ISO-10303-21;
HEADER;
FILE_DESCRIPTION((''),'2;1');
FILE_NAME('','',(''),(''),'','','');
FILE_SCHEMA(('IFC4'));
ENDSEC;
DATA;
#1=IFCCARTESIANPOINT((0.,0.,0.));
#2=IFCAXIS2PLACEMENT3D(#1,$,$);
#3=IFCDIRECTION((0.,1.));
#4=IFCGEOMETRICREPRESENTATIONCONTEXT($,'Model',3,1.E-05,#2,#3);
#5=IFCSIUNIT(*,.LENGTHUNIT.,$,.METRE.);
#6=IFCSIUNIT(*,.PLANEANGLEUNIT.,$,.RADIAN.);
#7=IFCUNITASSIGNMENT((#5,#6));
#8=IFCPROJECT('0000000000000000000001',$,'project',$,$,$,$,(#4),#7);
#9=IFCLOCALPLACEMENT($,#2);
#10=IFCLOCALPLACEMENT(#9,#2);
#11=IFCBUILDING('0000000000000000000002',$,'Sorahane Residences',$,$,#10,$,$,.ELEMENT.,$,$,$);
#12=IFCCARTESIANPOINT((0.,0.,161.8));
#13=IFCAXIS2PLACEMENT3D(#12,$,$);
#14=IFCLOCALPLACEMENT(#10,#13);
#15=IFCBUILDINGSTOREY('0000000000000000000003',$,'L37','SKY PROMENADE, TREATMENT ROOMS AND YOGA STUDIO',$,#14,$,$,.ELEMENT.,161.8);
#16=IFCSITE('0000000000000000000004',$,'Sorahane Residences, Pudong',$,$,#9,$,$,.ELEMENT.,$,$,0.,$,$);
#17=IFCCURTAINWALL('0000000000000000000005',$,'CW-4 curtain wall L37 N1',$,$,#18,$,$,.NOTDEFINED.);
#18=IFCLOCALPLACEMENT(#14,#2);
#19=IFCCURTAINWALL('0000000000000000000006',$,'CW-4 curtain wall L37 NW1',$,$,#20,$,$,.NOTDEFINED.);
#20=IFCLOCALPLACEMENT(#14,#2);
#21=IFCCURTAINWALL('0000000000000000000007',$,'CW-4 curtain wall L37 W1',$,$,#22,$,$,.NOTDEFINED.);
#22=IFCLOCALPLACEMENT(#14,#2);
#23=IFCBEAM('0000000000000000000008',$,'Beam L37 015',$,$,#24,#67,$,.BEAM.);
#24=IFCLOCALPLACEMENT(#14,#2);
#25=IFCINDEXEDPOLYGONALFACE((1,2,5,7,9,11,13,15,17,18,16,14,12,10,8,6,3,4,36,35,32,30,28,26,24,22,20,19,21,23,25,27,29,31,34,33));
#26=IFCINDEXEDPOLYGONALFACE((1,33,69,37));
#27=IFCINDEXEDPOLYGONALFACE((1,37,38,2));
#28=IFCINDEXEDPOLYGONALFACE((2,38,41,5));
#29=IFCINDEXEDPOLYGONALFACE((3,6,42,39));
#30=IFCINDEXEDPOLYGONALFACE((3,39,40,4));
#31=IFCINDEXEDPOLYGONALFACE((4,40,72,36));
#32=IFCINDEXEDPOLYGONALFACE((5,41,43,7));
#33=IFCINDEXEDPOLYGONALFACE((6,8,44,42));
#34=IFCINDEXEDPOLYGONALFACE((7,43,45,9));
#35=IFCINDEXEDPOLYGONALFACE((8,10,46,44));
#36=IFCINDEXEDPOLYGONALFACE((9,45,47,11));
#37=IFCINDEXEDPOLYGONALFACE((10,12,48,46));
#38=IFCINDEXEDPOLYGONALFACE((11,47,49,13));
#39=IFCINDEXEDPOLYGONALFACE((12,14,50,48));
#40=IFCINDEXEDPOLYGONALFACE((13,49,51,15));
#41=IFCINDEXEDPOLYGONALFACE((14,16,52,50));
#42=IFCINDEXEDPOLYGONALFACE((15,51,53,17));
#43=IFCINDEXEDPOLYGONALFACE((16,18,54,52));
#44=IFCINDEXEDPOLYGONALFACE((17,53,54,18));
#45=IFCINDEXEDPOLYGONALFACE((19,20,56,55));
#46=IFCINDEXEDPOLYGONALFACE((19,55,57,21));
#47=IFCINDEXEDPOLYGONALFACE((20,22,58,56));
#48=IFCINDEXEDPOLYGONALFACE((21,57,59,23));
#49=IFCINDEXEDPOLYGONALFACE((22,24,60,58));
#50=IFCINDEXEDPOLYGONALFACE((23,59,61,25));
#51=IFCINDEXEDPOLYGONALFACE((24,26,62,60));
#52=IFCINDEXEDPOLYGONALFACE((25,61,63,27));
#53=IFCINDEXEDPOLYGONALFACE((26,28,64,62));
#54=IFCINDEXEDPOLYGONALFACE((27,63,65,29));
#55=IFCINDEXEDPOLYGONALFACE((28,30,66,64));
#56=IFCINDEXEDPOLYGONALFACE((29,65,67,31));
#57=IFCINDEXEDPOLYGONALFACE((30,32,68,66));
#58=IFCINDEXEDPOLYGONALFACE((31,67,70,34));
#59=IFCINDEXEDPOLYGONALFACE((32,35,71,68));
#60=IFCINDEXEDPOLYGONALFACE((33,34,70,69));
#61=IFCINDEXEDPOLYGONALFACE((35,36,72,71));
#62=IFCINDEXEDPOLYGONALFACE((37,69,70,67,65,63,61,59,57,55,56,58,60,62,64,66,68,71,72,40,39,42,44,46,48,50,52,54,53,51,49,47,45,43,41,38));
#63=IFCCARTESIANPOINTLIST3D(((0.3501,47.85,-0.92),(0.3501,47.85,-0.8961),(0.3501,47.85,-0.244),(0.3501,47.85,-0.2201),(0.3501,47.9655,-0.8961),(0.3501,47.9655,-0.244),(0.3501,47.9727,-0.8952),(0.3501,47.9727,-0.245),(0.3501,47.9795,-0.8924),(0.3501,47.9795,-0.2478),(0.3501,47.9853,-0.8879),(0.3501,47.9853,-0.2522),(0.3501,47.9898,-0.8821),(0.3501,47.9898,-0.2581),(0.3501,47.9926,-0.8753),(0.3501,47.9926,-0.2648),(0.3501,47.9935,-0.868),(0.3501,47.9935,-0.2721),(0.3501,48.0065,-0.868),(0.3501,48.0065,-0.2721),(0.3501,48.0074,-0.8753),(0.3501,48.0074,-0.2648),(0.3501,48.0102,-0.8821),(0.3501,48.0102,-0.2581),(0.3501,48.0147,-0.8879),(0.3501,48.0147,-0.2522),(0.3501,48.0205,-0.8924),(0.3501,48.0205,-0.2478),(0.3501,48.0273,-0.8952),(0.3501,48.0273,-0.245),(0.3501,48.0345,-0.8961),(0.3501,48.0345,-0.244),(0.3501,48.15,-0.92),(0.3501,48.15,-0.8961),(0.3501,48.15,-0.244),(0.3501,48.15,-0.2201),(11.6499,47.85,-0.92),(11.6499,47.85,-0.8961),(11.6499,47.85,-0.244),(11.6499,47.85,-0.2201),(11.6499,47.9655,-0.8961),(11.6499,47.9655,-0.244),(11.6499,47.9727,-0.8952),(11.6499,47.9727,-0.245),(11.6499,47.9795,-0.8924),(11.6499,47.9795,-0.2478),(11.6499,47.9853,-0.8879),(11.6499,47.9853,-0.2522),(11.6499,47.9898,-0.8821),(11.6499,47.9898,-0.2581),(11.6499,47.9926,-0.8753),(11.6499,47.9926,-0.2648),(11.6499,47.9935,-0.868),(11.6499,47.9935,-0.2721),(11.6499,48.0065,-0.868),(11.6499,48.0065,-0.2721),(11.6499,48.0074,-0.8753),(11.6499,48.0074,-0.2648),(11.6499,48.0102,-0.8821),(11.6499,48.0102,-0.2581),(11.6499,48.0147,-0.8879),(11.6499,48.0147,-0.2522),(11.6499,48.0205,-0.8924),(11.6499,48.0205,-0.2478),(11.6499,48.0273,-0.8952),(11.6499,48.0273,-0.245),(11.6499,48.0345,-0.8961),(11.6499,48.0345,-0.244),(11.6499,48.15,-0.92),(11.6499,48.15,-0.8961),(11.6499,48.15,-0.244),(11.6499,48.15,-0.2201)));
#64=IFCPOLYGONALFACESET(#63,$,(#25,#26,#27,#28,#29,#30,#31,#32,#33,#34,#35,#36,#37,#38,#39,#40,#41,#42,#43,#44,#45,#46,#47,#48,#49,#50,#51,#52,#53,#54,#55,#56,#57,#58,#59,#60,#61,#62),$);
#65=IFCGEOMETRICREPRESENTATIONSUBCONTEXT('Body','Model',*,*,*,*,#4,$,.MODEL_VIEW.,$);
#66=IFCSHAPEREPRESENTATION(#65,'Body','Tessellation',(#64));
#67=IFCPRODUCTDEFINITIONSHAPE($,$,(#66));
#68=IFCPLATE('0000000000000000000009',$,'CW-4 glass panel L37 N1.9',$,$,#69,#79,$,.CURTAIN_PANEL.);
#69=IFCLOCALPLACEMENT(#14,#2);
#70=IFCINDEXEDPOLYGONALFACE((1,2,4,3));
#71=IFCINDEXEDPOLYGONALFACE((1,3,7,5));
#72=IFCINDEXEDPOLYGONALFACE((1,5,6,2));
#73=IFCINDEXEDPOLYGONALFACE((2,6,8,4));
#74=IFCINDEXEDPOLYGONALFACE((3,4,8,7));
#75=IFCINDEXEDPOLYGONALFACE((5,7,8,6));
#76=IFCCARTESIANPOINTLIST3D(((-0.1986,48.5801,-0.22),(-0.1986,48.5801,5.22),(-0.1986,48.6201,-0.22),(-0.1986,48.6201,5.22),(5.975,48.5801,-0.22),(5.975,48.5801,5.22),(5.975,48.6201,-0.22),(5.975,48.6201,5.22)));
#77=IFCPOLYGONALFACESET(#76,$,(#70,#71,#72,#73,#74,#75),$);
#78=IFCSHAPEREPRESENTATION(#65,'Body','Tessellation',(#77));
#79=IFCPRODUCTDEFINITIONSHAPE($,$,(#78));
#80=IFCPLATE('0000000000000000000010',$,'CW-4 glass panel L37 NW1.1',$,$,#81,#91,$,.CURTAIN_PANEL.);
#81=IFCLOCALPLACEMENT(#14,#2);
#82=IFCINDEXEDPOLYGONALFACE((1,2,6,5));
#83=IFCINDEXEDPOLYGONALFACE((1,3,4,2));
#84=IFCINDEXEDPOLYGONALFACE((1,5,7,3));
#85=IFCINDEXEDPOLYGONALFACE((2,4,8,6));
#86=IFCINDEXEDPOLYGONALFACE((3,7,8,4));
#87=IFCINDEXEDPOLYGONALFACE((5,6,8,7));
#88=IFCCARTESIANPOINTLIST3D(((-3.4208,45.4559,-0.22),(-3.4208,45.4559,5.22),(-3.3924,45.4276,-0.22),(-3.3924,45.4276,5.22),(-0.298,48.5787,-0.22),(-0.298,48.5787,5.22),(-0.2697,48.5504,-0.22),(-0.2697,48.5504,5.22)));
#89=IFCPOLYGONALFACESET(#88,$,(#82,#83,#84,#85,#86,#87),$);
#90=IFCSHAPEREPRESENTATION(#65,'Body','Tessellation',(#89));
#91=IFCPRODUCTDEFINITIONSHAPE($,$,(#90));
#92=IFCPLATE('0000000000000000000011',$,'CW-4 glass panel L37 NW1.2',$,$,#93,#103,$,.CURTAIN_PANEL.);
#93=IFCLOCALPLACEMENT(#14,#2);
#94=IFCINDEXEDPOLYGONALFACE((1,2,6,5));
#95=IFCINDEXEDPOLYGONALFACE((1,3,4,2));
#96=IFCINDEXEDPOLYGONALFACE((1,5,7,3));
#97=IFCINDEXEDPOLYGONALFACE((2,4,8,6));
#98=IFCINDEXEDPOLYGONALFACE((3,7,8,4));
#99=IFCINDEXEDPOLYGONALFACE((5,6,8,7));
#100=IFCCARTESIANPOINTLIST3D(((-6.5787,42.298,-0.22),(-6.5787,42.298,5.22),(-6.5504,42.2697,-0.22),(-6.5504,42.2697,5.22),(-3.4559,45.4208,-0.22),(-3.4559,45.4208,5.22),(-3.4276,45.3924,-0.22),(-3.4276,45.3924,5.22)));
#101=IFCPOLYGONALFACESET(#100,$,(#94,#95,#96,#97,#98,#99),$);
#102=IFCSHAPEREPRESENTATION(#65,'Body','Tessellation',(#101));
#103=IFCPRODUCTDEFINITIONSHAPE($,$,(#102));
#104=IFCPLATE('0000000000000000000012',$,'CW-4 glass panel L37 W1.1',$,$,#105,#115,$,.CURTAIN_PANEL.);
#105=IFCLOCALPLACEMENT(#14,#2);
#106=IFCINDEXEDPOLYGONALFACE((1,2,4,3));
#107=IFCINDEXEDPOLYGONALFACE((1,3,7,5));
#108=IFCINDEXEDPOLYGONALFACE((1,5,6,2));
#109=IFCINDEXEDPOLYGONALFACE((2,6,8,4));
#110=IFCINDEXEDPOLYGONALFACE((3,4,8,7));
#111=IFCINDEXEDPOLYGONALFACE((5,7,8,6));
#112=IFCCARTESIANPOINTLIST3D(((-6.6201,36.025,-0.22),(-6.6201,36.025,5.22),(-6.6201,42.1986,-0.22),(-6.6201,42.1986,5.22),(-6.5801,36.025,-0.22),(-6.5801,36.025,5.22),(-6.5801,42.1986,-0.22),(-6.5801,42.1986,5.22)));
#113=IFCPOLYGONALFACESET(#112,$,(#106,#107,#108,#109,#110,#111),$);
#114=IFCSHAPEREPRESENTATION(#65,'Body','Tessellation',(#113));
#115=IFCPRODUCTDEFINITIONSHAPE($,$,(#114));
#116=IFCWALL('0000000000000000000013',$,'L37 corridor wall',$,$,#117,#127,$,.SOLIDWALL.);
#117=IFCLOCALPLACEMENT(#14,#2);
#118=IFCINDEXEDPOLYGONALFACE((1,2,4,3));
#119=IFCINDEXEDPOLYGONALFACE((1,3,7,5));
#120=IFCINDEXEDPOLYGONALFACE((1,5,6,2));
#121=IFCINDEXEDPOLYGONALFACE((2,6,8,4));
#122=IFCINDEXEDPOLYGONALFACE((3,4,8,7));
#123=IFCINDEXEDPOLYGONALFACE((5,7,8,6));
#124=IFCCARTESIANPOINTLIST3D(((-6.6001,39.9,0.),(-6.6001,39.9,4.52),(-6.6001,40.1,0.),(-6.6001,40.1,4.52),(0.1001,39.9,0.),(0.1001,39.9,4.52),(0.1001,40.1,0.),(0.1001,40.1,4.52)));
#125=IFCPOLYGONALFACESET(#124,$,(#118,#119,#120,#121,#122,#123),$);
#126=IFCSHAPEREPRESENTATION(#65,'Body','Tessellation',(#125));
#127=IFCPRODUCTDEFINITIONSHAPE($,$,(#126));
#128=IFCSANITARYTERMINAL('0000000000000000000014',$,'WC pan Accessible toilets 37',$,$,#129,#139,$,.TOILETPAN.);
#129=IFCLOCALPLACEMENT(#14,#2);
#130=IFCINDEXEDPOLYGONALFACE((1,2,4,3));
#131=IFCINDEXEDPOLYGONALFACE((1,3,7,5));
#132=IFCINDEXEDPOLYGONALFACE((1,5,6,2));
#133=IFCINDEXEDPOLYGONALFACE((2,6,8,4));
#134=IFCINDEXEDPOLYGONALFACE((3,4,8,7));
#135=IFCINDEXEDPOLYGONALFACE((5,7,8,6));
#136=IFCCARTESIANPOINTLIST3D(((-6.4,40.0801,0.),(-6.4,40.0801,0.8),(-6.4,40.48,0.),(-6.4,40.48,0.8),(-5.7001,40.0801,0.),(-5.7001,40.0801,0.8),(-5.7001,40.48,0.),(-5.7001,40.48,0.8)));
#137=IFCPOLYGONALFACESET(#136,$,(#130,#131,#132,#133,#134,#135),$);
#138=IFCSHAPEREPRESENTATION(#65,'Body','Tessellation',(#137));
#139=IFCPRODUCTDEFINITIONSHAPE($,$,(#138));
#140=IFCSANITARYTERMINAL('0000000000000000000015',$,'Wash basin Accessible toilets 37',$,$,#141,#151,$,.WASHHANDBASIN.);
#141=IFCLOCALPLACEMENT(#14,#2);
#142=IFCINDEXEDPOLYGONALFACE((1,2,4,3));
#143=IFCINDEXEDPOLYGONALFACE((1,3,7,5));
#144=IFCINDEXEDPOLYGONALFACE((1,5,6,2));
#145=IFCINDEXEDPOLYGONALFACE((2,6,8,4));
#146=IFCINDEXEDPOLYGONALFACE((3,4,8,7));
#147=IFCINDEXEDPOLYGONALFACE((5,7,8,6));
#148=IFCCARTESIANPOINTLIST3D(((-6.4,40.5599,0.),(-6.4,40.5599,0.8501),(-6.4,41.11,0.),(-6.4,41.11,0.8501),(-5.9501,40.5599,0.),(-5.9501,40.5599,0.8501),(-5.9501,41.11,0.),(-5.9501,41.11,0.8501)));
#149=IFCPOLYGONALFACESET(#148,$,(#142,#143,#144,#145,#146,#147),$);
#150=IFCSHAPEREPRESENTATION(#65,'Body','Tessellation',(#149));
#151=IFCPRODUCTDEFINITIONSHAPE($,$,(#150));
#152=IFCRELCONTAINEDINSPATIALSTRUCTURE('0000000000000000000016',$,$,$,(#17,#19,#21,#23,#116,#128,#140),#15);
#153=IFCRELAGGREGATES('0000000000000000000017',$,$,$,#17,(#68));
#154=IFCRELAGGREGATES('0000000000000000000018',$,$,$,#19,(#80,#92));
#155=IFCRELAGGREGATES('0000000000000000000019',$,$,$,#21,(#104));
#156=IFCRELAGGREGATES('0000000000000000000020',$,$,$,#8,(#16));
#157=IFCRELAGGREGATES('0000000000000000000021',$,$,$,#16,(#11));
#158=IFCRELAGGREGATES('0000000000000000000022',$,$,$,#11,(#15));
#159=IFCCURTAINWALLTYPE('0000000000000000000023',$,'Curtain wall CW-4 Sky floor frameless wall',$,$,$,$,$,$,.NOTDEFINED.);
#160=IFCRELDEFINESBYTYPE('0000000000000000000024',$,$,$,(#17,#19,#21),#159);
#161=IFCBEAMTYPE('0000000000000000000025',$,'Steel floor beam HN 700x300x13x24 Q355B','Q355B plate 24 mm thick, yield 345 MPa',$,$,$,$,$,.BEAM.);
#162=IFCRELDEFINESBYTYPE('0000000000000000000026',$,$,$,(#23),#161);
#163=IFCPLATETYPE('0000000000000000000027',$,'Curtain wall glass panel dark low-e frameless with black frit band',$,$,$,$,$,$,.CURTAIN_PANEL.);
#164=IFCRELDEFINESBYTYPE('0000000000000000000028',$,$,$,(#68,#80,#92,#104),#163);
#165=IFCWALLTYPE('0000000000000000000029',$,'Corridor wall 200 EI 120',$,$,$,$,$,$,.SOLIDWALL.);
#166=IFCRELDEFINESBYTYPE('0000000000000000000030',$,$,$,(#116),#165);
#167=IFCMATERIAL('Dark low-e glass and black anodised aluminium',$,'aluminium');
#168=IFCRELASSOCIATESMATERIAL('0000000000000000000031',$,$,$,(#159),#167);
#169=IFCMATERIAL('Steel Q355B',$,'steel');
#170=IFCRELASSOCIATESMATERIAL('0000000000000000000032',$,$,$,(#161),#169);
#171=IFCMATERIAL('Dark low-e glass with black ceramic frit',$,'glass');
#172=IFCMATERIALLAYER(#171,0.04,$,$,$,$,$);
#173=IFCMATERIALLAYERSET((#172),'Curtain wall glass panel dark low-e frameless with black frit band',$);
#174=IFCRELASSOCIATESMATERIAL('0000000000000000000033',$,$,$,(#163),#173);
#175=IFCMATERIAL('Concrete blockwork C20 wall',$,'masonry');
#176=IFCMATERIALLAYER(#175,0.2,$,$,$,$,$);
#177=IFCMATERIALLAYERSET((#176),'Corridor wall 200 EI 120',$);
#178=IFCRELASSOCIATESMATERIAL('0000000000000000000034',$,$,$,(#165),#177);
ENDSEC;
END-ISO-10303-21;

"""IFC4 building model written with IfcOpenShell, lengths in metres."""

from ifc_helpers import new_model, si_unit, direction, frame, frame_2d, origin, origin_2d, place, context, subcontext, project, spatial, rectangle, i_section, extrude, material, layer, layer_set, material_profile, profile_set, type_object, element, aggregate, save


model = new_model("IFC4")

# Units and contexts
model_context = context("Model", 3, precision=1e-05, world=origin(), true_north=direction((0.0, 1.0)))
body_context = subcontext(model_context, "Body", "Model", "MODEL_VIEW")
ifc_project = project(units=[si_unit("LENGTHUNIT", "METRE"), si_unit("PLANEANGLEUNIT", "RADIAN")], contexts=[model_context])

# Site, building, storey
site_placement = place(None, origin())
site = spatial("IfcSite", under=ifc_project, at=site_placement, Name="Sorahane Residences, Pudong", CompositionType="ELEMENT", RefElevation=0.0)
building_placement = place(site_placement, origin())
building = spatial("IfcBuilding", under=site, at=building_placement, Name="Sorahane Residences", CompositionType="ELEMENT")
storey_placement = place(building_placement, frame((0.0, 0.0, 161.8)))
storey = spatial("IfcBuildingStorey", under=building, at=storey_placement, Name="L37", Description="SKY PROMENADE, TREATMENT ROOMS AND YOGA STUDIO", CompositionType="ELEMENT", Elevation=161.8)

# Curtain walls
ifc_material_1 = material(Name="Dark low-e glass and black anodised aluminium", Category="aluminium")
curtain_wall_type = type_object("IfcCurtainWallType", Name="Curtain wall CW-4 Sky floor frameless wall", PredefinedType="NOTDEFINED", material=ifc_material_1)
curtain_wall_1_placement = place(storey_placement, origin())
curtain_wall_1 = element("IfcCurtainWall", 1, at=curtain_wall_1_placement, inside=storey, type_object=curtain_wall_type, Name="CW-4 curtain wall L37 N1", PredefinedType="NOTDEFINED")
curtain_wall_2_placement = place(storey_placement, origin())
curtain_wall_2 = element("IfcCurtainWall", 2, at=curtain_wall_2_placement, inside=storey, type_object=curtain_wall_type, Name="CW-4 curtain wall L37 NW1", PredefinedType="NOTDEFINED")

# Curtain wall
curtain_wall_3_placement = place(storey_placement, origin())
curtain_wall_3 = element("IfcCurtainWall", 3, at=curtain_wall_3_placement, inside=storey, type_object=curtain_wall_type, Name="CW-4 curtain wall L37 W1", PredefinedType="NOTDEFINED")

# Beam
ifc_material_2 = material(Name="Steel Q355B", Category="steel")
ifc_material_profile_1 = material_profile(ifc_material_2, i_section(OverallWidth=0.3, OverallDepth=0.7, WebThickness=0.0129, FlangeThickness=0.0239, FilletRadius=0.0281, at=origin_2d()), Name="HN 700x300x13x24")
ifc_profile_set_1 = profile_set([ifc_material_profile_1], Name="Steel Q355B")
beam_type_1 = type_object("IfcBeamType", Name="Steel floor beam HN 700x300x13x24 Q355B", Description="Q355B plate 24 mm thick, yield 345 MPa", PredefinedType="BEAM", material=ifc_profile_set_1)
beam_1_placement = place(storey_placement, frame((0.3501, 48.0, -0.5701), z_axis=(1.0, 0.0, 0.0), x_axis=(0.0, 1.0, 0.0)))
element("IfcBeam", 4, at=beam_1_placement, inside=storey, type_object=beam_type_1, Name="Beam L37 015", PredefinedType="BEAM", context=body_context, shape_type="SweptSolid", body=[
    extrude(i_section(OverallWidth=0.3, OverallDepth=0.7, WebThickness=0.0129, FlangeThickness=0.0239, FilletRadius=0.0281, at=origin_2d()), origin(), (0.0, 0.0, 1.0), 11.2998),
])

# Plates
ifc_material_3 = material(Name="Dark low-e glass with black ceramic frit", Category="glass")
ifc_layer_1 = layer(ifc_material_3, 0.04)
ifc_layer_set_1 = layer_set([ifc_layer_1], Name="Curtain wall glass panel dark low-e frameless with black frit band")
plate_type = type_object("IfcPlateType", Name="Curtain wall glass panel dark low-e frameless with black frit band", PredefinedType="CURTAIN_PANEL", material=ifc_layer_set_1)
plate_1_placement = place(storey_placement, frame((2.8882, 48.6001, -0.22), z_axis=(0.0, 0.0, 1.0), x_axis=(-1.0, 0.0, 0.0)))
plate_1 = element("IfcPlate", 5, at=plate_1_placement, type_object=plate_type, Name="CW-4 glass panel L37 N1.9", PredefinedType="CURTAIN_PANEL", context=body_context, shape_type="SweptSolid", body=[
    extrude(rectangle(XDim=6.1736, YDim=0.04, at=origin_2d()), origin(), (0.0, 0.0, 1.0), 5.4399),
])
aggregate(curtain_wall_1, [plate_1])
plate_2_placement = place(storey_placement, frame((-1.8452, 47.0032, -0.22), z_axis=(0.0, 0.0, 1.0), x_axis=(-0.707107, -0.707107, 0.0)))
plate_2 = element("IfcPlate", 6, at=plate_2_placement, type_object=plate_type, Name="CW-4 glass panel L37 NW1.1", PredefinedType="CURTAIN_PANEL", context=body_context, shape_type="SweptSolid", body=[
    extrude(rectangle(XDim=4.4163, YDim=0.04, at=origin_2d()), origin(), (0.0, 0.0, 1.0), 5.4399),
])
plate_3_placement = place(storey_placement, frame((-5.0032, 43.8452, -0.22), z_axis=(0.0, 0.0, 1.0), x_axis=(-0.707107, -0.707107, 0.0)))
plate_3 = element("IfcPlate", 7, at=plate_3_placement, type_object=plate_type, Name="CW-4 glass panel L37 NW1.2", PredefinedType="CURTAIN_PANEL", context=body_context, shape_type="SweptSolid", body=[
    extrude(rectangle(XDim=4.4163, YDim=0.04, at=origin_2d()), origin(), (0.0, 0.0, 1.0), 5.4399),
])
aggregate(curtain_wall_2, [plate_2, plate_3])
plate_4_placement = place(storey_placement, frame((-6.6001, 39.1118, -0.22), z_axis=(0.0, 0.0, 1.0), x_axis=(0.0, -1.0, 0.0)))
plate_4 = element("IfcPlate", 8, at=plate_4_placement, type_object=plate_type, Name="CW-4 glass panel L37 W1.1", PredefinedType="CURTAIN_PANEL", context=body_context, shape_type="SweptSolid", body=[
    extrude(rectangle(XDim=6.1736, YDim=0.04, at=origin_2d()), origin(), (0.0, 0.0, 1.0), 5.4399),
])
aggregate(curtain_wall_3, [plate_4])

# Wall
ifc_material_4 = material(Name="Concrete blockwork C20 wall", Category="masonry")
ifc_layer_2 = layer(ifc_material_4, 0.2)
ifc_layer_set_2 = layer_set([ifc_layer_2], Name="Corridor wall 200 EI 120")
wall_type = type_object("IfcWallType", Name="Corridor wall 200 EI 120", PredefinedType="SOLIDWALL", material=ifc_layer_set_2)
wall_placement = place(storey_placement, frame((-6.6001, 40.0, 0.0), z_axis=(0.0, 0.0, 1.0), x_axis=(1.0, 0.0, 0.0)))
element("IfcWall", 9, at=wall_placement, inside=storey, type_object=wall_type, Name="L37 corridor wall", PredefinedType="SOLIDWALL", context=body_context, shape_type="SweptSolid", body=[
    extrude(rectangle(XDim=6.7002, YDim=0.2, at=frame_2d((3.3501, 0.0))), origin(), (0.0, 0.0, 1.0), 4.52),
])

# Sanitary terminals
sanitary_terminal_1_placement = place(storey_placement, frame((-6.05, 40.28, 0.0), z_axis=(0.0, 0.0, 1.0), x_axis=(0.0, 1.0, 0.0)))
element("IfcSanitaryTerminal", 10, at=sanitary_terminal_1_placement, inside=storey, Name="WC pan Accessible toilets 37", PredefinedType="TOILETPAN", context=body_context, shape_type="SweptSolid", body=[
    extrude(rectangle(XDim=0.3999, YDim=0.7, at=origin_2d()), origin(), (0.0, 0.0, 1.0), 0.8),
])
sanitary_terminal_2_placement = place(storey_placement, frame((-6.175, 40.835, 0.0), z_axis=(0.0, 0.0, 1.0), x_axis=(0.0, 1.0, 0.0)))
element("IfcSanitaryTerminal", 11, at=sanitary_terminal_2_placement, inside=storey, Name="Wash basin Accessible toilets 37", PredefinedType="WASHHANDBASIN", context=body_context, shape_type="SweptSolid", body=[
    extrude(rectangle(XDim=0.55, YDim=0.45, at=origin_2d()), origin(), (0.0, 0.0, 1.0), 0.8501),
])

save(model, "model.ifc")
